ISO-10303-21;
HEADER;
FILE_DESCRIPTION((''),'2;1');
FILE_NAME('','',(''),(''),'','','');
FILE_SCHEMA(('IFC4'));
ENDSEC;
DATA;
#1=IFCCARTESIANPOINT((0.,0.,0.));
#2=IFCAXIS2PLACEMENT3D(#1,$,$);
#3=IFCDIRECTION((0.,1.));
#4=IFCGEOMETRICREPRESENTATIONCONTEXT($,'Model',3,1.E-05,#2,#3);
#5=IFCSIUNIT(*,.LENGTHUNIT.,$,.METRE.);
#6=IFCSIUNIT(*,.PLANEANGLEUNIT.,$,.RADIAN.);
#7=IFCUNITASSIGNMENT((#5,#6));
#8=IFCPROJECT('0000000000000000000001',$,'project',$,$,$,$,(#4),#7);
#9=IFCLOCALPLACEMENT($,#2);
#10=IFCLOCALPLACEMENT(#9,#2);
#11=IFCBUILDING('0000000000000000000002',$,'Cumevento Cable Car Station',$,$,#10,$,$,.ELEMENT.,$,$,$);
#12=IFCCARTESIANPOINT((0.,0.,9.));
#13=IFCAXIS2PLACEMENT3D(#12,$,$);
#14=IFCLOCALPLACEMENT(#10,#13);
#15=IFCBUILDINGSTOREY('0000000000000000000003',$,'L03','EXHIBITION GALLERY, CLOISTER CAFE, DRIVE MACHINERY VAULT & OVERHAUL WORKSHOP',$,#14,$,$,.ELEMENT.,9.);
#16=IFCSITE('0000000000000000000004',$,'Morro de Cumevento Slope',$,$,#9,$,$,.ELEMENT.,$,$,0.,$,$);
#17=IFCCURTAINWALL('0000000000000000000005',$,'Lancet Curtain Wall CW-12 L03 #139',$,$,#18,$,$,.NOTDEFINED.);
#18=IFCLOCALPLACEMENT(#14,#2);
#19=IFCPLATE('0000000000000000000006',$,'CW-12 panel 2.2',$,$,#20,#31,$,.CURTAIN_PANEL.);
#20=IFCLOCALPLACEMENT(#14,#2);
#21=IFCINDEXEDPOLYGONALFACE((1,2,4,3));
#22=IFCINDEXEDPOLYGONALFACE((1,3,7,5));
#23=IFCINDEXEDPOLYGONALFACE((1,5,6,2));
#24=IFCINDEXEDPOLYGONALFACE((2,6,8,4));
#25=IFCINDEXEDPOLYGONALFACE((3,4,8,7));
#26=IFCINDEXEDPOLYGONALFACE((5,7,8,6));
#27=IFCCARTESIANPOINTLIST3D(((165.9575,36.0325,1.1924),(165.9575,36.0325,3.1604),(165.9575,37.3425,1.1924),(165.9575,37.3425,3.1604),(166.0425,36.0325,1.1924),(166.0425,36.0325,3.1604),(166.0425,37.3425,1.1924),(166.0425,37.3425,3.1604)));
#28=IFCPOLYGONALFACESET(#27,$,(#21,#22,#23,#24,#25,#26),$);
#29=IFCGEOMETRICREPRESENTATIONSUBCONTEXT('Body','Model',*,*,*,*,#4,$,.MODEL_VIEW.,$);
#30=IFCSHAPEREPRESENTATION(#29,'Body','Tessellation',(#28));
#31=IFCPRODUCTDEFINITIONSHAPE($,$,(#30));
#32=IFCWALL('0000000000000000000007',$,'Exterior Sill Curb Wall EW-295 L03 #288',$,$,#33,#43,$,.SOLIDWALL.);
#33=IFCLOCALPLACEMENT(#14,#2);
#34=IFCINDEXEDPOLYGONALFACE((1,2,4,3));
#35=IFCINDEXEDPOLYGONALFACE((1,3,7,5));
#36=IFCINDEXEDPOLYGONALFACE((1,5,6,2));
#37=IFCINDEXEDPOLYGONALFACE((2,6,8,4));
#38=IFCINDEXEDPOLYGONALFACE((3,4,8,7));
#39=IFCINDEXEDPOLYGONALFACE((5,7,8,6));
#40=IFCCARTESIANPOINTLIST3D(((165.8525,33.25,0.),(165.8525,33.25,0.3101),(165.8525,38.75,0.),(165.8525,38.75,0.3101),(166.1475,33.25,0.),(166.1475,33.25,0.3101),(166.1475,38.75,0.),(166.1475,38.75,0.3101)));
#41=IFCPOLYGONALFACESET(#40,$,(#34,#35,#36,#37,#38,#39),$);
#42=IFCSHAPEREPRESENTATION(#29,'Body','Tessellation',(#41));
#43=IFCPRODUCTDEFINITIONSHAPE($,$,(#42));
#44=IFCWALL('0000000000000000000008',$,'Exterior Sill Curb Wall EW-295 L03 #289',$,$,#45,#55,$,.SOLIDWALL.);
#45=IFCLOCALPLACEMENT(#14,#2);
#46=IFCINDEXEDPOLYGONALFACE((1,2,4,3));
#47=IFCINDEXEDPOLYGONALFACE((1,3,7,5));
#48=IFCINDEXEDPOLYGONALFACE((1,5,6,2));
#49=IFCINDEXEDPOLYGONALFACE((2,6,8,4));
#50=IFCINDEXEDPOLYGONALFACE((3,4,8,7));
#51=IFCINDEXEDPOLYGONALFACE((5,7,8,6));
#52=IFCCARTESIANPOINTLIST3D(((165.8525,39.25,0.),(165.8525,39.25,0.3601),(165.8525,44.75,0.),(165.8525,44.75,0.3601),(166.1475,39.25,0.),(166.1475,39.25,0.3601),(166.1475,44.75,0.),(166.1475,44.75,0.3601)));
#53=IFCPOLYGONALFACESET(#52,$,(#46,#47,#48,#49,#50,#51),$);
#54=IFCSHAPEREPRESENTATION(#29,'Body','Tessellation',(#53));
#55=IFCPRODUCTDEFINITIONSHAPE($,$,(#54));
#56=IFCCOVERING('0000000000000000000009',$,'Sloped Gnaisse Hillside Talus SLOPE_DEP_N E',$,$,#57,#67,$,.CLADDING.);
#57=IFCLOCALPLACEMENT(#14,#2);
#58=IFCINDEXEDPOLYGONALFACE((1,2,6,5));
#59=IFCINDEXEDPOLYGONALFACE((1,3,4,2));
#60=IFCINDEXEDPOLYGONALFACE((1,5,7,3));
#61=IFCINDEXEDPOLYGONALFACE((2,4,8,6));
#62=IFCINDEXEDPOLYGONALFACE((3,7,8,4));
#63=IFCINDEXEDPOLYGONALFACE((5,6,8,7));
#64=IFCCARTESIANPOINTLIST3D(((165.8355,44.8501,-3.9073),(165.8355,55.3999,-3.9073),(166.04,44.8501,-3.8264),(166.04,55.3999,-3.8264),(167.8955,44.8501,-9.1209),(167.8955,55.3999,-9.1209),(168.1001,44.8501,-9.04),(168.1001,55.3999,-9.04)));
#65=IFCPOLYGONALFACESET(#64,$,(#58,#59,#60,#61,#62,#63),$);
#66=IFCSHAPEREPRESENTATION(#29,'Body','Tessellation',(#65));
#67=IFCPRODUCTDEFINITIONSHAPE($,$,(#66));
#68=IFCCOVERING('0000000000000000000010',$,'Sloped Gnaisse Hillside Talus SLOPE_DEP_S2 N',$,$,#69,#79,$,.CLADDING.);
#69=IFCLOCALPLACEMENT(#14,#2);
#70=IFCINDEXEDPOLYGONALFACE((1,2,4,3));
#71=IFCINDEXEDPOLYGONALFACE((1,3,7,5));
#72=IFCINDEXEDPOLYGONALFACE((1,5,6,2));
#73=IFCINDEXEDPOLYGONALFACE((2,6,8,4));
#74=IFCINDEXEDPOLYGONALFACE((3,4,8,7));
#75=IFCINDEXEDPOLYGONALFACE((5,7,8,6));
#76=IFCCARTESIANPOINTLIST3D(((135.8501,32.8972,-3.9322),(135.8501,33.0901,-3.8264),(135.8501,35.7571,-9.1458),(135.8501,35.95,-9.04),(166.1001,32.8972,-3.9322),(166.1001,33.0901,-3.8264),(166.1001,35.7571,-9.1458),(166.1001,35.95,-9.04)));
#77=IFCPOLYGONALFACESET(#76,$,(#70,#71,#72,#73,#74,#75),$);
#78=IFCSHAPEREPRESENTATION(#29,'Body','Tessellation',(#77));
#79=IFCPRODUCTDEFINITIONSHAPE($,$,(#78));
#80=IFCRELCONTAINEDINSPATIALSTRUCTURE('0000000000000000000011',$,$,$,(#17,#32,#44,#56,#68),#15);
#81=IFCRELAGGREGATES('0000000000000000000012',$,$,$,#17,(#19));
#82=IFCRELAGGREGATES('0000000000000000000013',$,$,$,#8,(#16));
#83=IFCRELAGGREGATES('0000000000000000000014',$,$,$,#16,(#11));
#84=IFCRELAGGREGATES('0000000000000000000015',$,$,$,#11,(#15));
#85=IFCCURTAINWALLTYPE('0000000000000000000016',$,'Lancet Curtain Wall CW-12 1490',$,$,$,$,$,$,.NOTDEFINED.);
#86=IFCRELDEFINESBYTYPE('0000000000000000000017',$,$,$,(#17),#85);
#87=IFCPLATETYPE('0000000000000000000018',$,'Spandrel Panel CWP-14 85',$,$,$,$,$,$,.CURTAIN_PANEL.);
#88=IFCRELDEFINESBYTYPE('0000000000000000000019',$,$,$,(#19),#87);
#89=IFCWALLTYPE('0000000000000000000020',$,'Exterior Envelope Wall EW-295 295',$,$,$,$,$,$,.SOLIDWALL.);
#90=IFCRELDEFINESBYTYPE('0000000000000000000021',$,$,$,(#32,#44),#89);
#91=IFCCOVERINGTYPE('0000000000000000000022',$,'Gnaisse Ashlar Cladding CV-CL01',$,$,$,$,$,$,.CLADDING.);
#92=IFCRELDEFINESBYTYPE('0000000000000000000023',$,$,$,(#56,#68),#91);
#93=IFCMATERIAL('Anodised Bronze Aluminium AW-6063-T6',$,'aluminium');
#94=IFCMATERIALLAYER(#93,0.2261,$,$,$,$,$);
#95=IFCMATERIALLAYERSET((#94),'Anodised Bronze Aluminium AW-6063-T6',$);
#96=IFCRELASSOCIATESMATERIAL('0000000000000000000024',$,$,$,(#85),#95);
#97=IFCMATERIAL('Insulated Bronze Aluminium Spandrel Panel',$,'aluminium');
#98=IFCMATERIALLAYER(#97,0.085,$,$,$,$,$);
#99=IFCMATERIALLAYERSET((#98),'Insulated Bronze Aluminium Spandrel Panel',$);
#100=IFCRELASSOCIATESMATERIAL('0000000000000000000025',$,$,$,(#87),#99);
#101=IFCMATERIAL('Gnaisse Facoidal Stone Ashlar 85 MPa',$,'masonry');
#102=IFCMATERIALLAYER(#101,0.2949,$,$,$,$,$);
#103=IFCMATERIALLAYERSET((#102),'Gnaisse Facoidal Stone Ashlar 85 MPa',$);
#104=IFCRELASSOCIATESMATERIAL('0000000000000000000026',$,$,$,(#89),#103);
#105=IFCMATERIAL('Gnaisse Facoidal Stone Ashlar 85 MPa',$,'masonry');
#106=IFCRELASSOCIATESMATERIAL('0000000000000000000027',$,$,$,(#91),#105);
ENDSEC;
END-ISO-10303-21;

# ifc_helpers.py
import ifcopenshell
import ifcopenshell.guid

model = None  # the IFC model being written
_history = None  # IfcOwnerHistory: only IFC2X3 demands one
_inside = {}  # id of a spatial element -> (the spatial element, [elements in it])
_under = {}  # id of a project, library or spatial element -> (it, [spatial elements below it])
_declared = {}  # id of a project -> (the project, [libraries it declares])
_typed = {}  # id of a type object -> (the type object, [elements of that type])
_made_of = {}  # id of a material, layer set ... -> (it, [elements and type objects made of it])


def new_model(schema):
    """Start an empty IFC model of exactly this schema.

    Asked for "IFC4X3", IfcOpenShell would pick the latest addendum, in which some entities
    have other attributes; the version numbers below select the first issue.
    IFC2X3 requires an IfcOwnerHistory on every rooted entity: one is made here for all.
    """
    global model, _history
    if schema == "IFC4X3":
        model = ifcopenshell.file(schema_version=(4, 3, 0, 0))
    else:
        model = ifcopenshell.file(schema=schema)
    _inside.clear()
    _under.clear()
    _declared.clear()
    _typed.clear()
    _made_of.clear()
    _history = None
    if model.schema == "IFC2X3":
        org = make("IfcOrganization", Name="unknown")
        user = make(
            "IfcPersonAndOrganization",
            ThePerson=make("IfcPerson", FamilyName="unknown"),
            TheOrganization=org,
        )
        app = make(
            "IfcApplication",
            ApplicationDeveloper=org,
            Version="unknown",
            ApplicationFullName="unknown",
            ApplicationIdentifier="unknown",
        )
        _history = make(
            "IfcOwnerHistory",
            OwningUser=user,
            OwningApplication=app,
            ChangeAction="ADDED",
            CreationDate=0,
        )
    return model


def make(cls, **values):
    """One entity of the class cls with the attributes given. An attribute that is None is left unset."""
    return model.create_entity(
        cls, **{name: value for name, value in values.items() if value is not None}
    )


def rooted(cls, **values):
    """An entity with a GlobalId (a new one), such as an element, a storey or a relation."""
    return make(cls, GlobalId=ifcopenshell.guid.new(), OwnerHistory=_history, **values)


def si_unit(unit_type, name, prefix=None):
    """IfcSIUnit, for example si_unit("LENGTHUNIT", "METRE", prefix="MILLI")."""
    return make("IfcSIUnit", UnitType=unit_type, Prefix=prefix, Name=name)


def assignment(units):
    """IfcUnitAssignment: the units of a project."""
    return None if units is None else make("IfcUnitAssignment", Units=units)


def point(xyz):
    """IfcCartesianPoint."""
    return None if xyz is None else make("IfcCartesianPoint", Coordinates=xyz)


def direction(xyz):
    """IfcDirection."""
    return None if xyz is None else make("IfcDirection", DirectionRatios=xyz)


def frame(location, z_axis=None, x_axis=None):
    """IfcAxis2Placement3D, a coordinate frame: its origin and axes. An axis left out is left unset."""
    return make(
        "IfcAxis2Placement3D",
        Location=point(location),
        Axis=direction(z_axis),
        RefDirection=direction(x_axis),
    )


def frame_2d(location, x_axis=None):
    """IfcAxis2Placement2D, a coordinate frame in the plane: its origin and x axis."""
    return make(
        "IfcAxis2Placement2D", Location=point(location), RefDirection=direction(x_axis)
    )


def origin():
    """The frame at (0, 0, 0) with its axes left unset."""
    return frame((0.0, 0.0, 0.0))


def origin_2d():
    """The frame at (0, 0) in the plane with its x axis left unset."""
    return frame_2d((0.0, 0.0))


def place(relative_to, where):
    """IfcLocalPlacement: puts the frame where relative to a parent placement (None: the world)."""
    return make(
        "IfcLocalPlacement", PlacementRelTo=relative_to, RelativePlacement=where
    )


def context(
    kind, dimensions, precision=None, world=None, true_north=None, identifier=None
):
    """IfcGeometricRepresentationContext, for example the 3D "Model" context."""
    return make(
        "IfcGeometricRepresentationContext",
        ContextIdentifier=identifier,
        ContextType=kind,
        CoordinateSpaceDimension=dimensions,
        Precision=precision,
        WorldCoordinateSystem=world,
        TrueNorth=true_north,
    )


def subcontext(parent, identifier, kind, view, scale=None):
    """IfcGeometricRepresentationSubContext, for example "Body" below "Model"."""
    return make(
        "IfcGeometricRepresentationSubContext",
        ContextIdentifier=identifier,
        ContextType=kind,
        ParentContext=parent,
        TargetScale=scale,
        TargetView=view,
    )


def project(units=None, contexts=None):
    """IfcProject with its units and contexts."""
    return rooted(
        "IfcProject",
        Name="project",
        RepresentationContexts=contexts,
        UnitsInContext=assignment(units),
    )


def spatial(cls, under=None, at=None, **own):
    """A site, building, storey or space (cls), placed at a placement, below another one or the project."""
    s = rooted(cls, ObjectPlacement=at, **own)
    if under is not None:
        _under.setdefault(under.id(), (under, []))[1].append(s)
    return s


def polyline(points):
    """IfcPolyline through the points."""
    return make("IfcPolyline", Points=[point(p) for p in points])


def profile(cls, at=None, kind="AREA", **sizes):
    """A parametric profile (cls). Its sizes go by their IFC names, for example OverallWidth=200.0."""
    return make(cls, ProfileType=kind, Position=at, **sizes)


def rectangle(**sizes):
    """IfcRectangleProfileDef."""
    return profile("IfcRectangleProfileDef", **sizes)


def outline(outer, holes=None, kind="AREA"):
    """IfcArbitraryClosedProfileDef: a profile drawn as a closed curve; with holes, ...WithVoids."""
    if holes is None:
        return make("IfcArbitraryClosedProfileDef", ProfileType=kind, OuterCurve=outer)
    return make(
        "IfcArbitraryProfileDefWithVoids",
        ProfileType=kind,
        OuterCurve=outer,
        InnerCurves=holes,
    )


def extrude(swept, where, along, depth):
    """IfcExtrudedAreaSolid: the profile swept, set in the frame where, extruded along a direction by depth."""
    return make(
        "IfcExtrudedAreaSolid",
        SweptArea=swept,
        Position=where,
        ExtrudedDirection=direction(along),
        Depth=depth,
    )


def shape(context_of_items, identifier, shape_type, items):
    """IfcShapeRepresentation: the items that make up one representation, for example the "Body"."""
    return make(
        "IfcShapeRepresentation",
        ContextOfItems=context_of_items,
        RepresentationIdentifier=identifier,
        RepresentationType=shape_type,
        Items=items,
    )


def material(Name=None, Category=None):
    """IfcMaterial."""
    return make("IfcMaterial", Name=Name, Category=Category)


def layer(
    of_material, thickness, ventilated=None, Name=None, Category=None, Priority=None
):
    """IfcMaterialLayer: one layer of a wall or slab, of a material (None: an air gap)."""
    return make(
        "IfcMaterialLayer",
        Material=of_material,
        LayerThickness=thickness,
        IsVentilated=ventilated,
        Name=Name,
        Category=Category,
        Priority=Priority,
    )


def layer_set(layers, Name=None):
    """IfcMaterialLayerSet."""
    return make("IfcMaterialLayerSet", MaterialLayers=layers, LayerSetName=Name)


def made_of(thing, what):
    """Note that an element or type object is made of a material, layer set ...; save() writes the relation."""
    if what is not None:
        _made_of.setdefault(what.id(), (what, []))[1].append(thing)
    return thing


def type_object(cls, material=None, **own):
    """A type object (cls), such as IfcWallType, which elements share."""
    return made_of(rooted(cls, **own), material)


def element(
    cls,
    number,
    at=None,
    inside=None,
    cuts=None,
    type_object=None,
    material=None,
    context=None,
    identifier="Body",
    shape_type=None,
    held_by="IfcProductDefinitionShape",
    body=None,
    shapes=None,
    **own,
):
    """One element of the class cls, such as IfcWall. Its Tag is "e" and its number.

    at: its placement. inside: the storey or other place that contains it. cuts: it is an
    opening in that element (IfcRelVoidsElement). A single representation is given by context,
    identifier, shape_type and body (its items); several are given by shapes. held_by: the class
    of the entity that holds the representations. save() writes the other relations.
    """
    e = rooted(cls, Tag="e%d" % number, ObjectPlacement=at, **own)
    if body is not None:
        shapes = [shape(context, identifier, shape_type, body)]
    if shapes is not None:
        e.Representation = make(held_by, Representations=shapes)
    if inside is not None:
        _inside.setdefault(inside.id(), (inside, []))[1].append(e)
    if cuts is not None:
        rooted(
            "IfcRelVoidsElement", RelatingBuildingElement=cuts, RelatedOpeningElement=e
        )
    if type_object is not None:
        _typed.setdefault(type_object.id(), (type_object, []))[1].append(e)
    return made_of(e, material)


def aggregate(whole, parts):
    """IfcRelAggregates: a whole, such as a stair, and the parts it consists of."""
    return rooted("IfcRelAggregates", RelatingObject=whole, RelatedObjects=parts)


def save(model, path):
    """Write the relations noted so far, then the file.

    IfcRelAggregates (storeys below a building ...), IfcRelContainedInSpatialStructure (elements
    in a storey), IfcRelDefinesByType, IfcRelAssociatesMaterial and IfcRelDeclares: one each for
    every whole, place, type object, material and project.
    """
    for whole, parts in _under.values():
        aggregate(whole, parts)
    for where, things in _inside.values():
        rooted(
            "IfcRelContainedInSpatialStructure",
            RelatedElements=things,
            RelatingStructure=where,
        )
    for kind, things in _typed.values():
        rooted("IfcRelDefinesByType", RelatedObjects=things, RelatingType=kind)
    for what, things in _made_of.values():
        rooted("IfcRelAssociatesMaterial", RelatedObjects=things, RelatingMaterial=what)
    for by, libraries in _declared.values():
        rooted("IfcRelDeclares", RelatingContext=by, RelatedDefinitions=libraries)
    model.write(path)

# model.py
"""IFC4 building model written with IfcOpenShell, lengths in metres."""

from ifc_helpers import new_model, si_unit, direction, frame, frame_2d, origin, origin_2d, place, context, subcontext, project, spatial, polyline, rectangle, outline, extrude, material, layer, layer_set, type_object, element, aggregate, save


model = new_model("IFC4")

# Units and contexts
model_context = context("Model", 3, precision=1e-05, world=origin(), true_north=direction((0.0, 1.0)))
body_context = subcontext(model_context, "Body", "Model", "MODEL_VIEW")
ifc_project = project(units=[si_unit("LENGTHUNIT", "METRE"), si_unit("PLANEANGLEUNIT", "RADIAN")], contexts=[model_context])

# Site, building, storey
site_placement = place(None, origin())
site = spatial("IfcSite", under=ifc_project, at=site_placement, Name="Morro de Cumevento Slope", CompositionType="ELEMENT", RefElevation=0.0)
building_placement = place(site_placement, origin())
building = spatial("IfcBuilding", under=site, at=building_placement, Name="Cumevento Cable Car Station", CompositionType="ELEMENT")
storey_placement = place(building_placement, frame((0.0, 0.0, 9.0)))
storey = spatial("IfcBuildingStorey", under=building, at=storey_placement, Name="L03", Description="EXHIBITION GALLERY, CLOISTER CAFE, DRIVE MACHINERY VAULT & OVERHAUL WORKSHOP", CompositionType="ELEMENT", Elevation=9.0)

# Curtain wall
ifc_material_1 = material(Name="Anodised Bronze Aluminium AW-6063-T6", Category="aluminium")
ifc_layer_1 = layer(ifc_material_1, 0.2261)
ifc_layer_set_1 = layer_set([ifc_layer_1], Name="Anodised Bronze Aluminium AW-6063-T6")
curtain_wall_type_1 = type_object("IfcCurtainWallType", Name="Lancet Curtain Wall CW-12 1490", PredefinedType="NOTDEFINED", material=ifc_layer_set_1)
curtain_wall_1_placement = place(storey_placement, origin())
curtain_wall_1 = element("IfcCurtainWall", 1, at=curtain_wall_1_placement, inside=storey, type_object=curtain_wall_type_1, Name="Lancet Curtain Wall CW-12 L03 #139", PredefinedType="NOTDEFINED")

# Plate
ifc_material_2 = material(Name="Insulated Bronze Aluminium Spandrel Panel", Category="aluminium")
ifc_layer_2 = layer(ifc_material_2, 0.085)
ifc_layer_set_2 = layer_set([ifc_layer_2], Name="Insulated Bronze Aluminium Spandrel Panel")
plate_type_1 = type_object("IfcPlateType", Name="Spandrel Panel CWP-14 85", PredefinedType="CURTAIN_PANEL", material=ifc_layer_set_2)
plate_1_placement = place(storey_placement, frame((166.0, 36.6875, 1.1924), z_axis=(0.0, 0.0, 1.0), x_axis=(0.0, -1.0, 0.0)))
plate_1 = element("IfcPlate", 2, at=plate_1_placement, type_object=plate_type_1, Name="CW-12 panel 2.2", PredefinedType="CURTAIN_PANEL", context=body_context, shape_type="SweptSolid", body=[
    extrude(rectangle(XDim=1.3101, YDim=0.085, at=origin_2d()), origin(), (0.0, 0.0, 1.0), 1.968),
])
aggregate(curtain_wall_1, [plate_1])

# Walls
ifc_material_3 = material(Name="Gnaisse Facoidal Stone Ashlar 85 MPa", Category="masonry")
ifc_layer_3 = layer(ifc_material_3, 0.2949)
ifc_layer_set_3 = layer_set([ifc_layer_3], Name="Gnaisse Facoidal Stone Ashlar 85 MPa")
wall_type = type_object("IfcWallType", Name="Exterior Envelope Wall EW-295 295", PredefinedType="SOLIDWALL", material=ifc_layer_set_3)
wall_1_placement = place(storey_placement, frame((166.0, 38.75, 0.0), z_axis=(0.0, 0.0, 1.0), x_axis=(0.0, -1.0, 0.0)))
element("IfcWall", 3, at=wall_1_placement, inside=storey, type_object=wall_type, Name="Exterior Sill Curb Wall EW-295 L03 #288", PredefinedType="SOLIDWALL", context=body_context, shape_type="SweptSolid", body=[
    extrude(rectangle(XDim=5.5, YDim=0.2949, at=frame_2d((2.75, 0.0))), origin(), (0.0, 0.0, 1.0), 0.3101),
])
wall_2_placement = place(storey_placement, frame((166.0, 44.75, 0.0), z_axis=(0.0, 0.0, 1.0), x_axis=(0.0, -1.0, 0.0)))
element("IfcWall", 4, at=wall_2_placement, inside=storey, type_object=wall_type, Name="Exterior Sill Curb Wall EW-295 L03 #289", PredefinedType="SOLIDWALL", context=body_context, shape_type="SweptSolid", body=[
    extrude(rectangle(XDim=5.5, YDim=0.2949, at=frame_2d((2.75, 0.0))), origin(), (0.0, 0.0, 1.0), 0.3601),
])

# Coverings
ifc_material_4 = material(Name="Gnaisse Facoidal Stone Ashlar 85 MPa", Category="masonry")
covering_type = type_object("IfcCoveringType", Name="Gnaisse Ashlar Cladding CV-CL01", PredefinedType="CLADDING", material=ifc_material_4)
covering_1_placement = place(storey_placement, frame((168.1001, 44.8501, -9.04), z_axis=(0.93003, 0.0, 0.367483), x_axis=(0.0, 1.0, 0.0)))
element("IfcCovering", 5, at=covering_1_placement, inside=storey, type_object=covering_type, Name="Sloped Gnaisse Hillside Talus SLOPE_DEP_N E", PredefinedType="CLADDING", context=body_context, shape_type="SweptSolid", body=[
    extrude(outline(polyline([(0.0, 0.0), (10.5498, 0.0), (10.5498, 5.6059), (0.0, 5.6059), (0.0, 0.0)])), origin(), (0.0, 0.0, -1.0), 0.22),
])
covering_2_placement = place(storey_placement, frame((166.1001, 35.95, -9.04), z_axis=(0.0, 0.876757, 0.480933), x_axis=(-1.0, 0.0, 0.0)))
element("IfcCovering", 6, at=covering_2_placement, inside=storey, type_object=covering_type, Name="Sloped Gnaisse Hillside Talus SLOPE_DEP_S2 N", PredefinedType="CLADDING", context=body_context, shape_type="SweptSolid", body=[
    extrude(outline(polyline([(0.0, 0.0), (30.25, 0.0), (30.25, 5.9465), (0.0, 5.9465), (0.0, 0.0)])), origin(), (0.0, 0.0, -1.0), 0.22),
])

save(model, "model.ifc")
